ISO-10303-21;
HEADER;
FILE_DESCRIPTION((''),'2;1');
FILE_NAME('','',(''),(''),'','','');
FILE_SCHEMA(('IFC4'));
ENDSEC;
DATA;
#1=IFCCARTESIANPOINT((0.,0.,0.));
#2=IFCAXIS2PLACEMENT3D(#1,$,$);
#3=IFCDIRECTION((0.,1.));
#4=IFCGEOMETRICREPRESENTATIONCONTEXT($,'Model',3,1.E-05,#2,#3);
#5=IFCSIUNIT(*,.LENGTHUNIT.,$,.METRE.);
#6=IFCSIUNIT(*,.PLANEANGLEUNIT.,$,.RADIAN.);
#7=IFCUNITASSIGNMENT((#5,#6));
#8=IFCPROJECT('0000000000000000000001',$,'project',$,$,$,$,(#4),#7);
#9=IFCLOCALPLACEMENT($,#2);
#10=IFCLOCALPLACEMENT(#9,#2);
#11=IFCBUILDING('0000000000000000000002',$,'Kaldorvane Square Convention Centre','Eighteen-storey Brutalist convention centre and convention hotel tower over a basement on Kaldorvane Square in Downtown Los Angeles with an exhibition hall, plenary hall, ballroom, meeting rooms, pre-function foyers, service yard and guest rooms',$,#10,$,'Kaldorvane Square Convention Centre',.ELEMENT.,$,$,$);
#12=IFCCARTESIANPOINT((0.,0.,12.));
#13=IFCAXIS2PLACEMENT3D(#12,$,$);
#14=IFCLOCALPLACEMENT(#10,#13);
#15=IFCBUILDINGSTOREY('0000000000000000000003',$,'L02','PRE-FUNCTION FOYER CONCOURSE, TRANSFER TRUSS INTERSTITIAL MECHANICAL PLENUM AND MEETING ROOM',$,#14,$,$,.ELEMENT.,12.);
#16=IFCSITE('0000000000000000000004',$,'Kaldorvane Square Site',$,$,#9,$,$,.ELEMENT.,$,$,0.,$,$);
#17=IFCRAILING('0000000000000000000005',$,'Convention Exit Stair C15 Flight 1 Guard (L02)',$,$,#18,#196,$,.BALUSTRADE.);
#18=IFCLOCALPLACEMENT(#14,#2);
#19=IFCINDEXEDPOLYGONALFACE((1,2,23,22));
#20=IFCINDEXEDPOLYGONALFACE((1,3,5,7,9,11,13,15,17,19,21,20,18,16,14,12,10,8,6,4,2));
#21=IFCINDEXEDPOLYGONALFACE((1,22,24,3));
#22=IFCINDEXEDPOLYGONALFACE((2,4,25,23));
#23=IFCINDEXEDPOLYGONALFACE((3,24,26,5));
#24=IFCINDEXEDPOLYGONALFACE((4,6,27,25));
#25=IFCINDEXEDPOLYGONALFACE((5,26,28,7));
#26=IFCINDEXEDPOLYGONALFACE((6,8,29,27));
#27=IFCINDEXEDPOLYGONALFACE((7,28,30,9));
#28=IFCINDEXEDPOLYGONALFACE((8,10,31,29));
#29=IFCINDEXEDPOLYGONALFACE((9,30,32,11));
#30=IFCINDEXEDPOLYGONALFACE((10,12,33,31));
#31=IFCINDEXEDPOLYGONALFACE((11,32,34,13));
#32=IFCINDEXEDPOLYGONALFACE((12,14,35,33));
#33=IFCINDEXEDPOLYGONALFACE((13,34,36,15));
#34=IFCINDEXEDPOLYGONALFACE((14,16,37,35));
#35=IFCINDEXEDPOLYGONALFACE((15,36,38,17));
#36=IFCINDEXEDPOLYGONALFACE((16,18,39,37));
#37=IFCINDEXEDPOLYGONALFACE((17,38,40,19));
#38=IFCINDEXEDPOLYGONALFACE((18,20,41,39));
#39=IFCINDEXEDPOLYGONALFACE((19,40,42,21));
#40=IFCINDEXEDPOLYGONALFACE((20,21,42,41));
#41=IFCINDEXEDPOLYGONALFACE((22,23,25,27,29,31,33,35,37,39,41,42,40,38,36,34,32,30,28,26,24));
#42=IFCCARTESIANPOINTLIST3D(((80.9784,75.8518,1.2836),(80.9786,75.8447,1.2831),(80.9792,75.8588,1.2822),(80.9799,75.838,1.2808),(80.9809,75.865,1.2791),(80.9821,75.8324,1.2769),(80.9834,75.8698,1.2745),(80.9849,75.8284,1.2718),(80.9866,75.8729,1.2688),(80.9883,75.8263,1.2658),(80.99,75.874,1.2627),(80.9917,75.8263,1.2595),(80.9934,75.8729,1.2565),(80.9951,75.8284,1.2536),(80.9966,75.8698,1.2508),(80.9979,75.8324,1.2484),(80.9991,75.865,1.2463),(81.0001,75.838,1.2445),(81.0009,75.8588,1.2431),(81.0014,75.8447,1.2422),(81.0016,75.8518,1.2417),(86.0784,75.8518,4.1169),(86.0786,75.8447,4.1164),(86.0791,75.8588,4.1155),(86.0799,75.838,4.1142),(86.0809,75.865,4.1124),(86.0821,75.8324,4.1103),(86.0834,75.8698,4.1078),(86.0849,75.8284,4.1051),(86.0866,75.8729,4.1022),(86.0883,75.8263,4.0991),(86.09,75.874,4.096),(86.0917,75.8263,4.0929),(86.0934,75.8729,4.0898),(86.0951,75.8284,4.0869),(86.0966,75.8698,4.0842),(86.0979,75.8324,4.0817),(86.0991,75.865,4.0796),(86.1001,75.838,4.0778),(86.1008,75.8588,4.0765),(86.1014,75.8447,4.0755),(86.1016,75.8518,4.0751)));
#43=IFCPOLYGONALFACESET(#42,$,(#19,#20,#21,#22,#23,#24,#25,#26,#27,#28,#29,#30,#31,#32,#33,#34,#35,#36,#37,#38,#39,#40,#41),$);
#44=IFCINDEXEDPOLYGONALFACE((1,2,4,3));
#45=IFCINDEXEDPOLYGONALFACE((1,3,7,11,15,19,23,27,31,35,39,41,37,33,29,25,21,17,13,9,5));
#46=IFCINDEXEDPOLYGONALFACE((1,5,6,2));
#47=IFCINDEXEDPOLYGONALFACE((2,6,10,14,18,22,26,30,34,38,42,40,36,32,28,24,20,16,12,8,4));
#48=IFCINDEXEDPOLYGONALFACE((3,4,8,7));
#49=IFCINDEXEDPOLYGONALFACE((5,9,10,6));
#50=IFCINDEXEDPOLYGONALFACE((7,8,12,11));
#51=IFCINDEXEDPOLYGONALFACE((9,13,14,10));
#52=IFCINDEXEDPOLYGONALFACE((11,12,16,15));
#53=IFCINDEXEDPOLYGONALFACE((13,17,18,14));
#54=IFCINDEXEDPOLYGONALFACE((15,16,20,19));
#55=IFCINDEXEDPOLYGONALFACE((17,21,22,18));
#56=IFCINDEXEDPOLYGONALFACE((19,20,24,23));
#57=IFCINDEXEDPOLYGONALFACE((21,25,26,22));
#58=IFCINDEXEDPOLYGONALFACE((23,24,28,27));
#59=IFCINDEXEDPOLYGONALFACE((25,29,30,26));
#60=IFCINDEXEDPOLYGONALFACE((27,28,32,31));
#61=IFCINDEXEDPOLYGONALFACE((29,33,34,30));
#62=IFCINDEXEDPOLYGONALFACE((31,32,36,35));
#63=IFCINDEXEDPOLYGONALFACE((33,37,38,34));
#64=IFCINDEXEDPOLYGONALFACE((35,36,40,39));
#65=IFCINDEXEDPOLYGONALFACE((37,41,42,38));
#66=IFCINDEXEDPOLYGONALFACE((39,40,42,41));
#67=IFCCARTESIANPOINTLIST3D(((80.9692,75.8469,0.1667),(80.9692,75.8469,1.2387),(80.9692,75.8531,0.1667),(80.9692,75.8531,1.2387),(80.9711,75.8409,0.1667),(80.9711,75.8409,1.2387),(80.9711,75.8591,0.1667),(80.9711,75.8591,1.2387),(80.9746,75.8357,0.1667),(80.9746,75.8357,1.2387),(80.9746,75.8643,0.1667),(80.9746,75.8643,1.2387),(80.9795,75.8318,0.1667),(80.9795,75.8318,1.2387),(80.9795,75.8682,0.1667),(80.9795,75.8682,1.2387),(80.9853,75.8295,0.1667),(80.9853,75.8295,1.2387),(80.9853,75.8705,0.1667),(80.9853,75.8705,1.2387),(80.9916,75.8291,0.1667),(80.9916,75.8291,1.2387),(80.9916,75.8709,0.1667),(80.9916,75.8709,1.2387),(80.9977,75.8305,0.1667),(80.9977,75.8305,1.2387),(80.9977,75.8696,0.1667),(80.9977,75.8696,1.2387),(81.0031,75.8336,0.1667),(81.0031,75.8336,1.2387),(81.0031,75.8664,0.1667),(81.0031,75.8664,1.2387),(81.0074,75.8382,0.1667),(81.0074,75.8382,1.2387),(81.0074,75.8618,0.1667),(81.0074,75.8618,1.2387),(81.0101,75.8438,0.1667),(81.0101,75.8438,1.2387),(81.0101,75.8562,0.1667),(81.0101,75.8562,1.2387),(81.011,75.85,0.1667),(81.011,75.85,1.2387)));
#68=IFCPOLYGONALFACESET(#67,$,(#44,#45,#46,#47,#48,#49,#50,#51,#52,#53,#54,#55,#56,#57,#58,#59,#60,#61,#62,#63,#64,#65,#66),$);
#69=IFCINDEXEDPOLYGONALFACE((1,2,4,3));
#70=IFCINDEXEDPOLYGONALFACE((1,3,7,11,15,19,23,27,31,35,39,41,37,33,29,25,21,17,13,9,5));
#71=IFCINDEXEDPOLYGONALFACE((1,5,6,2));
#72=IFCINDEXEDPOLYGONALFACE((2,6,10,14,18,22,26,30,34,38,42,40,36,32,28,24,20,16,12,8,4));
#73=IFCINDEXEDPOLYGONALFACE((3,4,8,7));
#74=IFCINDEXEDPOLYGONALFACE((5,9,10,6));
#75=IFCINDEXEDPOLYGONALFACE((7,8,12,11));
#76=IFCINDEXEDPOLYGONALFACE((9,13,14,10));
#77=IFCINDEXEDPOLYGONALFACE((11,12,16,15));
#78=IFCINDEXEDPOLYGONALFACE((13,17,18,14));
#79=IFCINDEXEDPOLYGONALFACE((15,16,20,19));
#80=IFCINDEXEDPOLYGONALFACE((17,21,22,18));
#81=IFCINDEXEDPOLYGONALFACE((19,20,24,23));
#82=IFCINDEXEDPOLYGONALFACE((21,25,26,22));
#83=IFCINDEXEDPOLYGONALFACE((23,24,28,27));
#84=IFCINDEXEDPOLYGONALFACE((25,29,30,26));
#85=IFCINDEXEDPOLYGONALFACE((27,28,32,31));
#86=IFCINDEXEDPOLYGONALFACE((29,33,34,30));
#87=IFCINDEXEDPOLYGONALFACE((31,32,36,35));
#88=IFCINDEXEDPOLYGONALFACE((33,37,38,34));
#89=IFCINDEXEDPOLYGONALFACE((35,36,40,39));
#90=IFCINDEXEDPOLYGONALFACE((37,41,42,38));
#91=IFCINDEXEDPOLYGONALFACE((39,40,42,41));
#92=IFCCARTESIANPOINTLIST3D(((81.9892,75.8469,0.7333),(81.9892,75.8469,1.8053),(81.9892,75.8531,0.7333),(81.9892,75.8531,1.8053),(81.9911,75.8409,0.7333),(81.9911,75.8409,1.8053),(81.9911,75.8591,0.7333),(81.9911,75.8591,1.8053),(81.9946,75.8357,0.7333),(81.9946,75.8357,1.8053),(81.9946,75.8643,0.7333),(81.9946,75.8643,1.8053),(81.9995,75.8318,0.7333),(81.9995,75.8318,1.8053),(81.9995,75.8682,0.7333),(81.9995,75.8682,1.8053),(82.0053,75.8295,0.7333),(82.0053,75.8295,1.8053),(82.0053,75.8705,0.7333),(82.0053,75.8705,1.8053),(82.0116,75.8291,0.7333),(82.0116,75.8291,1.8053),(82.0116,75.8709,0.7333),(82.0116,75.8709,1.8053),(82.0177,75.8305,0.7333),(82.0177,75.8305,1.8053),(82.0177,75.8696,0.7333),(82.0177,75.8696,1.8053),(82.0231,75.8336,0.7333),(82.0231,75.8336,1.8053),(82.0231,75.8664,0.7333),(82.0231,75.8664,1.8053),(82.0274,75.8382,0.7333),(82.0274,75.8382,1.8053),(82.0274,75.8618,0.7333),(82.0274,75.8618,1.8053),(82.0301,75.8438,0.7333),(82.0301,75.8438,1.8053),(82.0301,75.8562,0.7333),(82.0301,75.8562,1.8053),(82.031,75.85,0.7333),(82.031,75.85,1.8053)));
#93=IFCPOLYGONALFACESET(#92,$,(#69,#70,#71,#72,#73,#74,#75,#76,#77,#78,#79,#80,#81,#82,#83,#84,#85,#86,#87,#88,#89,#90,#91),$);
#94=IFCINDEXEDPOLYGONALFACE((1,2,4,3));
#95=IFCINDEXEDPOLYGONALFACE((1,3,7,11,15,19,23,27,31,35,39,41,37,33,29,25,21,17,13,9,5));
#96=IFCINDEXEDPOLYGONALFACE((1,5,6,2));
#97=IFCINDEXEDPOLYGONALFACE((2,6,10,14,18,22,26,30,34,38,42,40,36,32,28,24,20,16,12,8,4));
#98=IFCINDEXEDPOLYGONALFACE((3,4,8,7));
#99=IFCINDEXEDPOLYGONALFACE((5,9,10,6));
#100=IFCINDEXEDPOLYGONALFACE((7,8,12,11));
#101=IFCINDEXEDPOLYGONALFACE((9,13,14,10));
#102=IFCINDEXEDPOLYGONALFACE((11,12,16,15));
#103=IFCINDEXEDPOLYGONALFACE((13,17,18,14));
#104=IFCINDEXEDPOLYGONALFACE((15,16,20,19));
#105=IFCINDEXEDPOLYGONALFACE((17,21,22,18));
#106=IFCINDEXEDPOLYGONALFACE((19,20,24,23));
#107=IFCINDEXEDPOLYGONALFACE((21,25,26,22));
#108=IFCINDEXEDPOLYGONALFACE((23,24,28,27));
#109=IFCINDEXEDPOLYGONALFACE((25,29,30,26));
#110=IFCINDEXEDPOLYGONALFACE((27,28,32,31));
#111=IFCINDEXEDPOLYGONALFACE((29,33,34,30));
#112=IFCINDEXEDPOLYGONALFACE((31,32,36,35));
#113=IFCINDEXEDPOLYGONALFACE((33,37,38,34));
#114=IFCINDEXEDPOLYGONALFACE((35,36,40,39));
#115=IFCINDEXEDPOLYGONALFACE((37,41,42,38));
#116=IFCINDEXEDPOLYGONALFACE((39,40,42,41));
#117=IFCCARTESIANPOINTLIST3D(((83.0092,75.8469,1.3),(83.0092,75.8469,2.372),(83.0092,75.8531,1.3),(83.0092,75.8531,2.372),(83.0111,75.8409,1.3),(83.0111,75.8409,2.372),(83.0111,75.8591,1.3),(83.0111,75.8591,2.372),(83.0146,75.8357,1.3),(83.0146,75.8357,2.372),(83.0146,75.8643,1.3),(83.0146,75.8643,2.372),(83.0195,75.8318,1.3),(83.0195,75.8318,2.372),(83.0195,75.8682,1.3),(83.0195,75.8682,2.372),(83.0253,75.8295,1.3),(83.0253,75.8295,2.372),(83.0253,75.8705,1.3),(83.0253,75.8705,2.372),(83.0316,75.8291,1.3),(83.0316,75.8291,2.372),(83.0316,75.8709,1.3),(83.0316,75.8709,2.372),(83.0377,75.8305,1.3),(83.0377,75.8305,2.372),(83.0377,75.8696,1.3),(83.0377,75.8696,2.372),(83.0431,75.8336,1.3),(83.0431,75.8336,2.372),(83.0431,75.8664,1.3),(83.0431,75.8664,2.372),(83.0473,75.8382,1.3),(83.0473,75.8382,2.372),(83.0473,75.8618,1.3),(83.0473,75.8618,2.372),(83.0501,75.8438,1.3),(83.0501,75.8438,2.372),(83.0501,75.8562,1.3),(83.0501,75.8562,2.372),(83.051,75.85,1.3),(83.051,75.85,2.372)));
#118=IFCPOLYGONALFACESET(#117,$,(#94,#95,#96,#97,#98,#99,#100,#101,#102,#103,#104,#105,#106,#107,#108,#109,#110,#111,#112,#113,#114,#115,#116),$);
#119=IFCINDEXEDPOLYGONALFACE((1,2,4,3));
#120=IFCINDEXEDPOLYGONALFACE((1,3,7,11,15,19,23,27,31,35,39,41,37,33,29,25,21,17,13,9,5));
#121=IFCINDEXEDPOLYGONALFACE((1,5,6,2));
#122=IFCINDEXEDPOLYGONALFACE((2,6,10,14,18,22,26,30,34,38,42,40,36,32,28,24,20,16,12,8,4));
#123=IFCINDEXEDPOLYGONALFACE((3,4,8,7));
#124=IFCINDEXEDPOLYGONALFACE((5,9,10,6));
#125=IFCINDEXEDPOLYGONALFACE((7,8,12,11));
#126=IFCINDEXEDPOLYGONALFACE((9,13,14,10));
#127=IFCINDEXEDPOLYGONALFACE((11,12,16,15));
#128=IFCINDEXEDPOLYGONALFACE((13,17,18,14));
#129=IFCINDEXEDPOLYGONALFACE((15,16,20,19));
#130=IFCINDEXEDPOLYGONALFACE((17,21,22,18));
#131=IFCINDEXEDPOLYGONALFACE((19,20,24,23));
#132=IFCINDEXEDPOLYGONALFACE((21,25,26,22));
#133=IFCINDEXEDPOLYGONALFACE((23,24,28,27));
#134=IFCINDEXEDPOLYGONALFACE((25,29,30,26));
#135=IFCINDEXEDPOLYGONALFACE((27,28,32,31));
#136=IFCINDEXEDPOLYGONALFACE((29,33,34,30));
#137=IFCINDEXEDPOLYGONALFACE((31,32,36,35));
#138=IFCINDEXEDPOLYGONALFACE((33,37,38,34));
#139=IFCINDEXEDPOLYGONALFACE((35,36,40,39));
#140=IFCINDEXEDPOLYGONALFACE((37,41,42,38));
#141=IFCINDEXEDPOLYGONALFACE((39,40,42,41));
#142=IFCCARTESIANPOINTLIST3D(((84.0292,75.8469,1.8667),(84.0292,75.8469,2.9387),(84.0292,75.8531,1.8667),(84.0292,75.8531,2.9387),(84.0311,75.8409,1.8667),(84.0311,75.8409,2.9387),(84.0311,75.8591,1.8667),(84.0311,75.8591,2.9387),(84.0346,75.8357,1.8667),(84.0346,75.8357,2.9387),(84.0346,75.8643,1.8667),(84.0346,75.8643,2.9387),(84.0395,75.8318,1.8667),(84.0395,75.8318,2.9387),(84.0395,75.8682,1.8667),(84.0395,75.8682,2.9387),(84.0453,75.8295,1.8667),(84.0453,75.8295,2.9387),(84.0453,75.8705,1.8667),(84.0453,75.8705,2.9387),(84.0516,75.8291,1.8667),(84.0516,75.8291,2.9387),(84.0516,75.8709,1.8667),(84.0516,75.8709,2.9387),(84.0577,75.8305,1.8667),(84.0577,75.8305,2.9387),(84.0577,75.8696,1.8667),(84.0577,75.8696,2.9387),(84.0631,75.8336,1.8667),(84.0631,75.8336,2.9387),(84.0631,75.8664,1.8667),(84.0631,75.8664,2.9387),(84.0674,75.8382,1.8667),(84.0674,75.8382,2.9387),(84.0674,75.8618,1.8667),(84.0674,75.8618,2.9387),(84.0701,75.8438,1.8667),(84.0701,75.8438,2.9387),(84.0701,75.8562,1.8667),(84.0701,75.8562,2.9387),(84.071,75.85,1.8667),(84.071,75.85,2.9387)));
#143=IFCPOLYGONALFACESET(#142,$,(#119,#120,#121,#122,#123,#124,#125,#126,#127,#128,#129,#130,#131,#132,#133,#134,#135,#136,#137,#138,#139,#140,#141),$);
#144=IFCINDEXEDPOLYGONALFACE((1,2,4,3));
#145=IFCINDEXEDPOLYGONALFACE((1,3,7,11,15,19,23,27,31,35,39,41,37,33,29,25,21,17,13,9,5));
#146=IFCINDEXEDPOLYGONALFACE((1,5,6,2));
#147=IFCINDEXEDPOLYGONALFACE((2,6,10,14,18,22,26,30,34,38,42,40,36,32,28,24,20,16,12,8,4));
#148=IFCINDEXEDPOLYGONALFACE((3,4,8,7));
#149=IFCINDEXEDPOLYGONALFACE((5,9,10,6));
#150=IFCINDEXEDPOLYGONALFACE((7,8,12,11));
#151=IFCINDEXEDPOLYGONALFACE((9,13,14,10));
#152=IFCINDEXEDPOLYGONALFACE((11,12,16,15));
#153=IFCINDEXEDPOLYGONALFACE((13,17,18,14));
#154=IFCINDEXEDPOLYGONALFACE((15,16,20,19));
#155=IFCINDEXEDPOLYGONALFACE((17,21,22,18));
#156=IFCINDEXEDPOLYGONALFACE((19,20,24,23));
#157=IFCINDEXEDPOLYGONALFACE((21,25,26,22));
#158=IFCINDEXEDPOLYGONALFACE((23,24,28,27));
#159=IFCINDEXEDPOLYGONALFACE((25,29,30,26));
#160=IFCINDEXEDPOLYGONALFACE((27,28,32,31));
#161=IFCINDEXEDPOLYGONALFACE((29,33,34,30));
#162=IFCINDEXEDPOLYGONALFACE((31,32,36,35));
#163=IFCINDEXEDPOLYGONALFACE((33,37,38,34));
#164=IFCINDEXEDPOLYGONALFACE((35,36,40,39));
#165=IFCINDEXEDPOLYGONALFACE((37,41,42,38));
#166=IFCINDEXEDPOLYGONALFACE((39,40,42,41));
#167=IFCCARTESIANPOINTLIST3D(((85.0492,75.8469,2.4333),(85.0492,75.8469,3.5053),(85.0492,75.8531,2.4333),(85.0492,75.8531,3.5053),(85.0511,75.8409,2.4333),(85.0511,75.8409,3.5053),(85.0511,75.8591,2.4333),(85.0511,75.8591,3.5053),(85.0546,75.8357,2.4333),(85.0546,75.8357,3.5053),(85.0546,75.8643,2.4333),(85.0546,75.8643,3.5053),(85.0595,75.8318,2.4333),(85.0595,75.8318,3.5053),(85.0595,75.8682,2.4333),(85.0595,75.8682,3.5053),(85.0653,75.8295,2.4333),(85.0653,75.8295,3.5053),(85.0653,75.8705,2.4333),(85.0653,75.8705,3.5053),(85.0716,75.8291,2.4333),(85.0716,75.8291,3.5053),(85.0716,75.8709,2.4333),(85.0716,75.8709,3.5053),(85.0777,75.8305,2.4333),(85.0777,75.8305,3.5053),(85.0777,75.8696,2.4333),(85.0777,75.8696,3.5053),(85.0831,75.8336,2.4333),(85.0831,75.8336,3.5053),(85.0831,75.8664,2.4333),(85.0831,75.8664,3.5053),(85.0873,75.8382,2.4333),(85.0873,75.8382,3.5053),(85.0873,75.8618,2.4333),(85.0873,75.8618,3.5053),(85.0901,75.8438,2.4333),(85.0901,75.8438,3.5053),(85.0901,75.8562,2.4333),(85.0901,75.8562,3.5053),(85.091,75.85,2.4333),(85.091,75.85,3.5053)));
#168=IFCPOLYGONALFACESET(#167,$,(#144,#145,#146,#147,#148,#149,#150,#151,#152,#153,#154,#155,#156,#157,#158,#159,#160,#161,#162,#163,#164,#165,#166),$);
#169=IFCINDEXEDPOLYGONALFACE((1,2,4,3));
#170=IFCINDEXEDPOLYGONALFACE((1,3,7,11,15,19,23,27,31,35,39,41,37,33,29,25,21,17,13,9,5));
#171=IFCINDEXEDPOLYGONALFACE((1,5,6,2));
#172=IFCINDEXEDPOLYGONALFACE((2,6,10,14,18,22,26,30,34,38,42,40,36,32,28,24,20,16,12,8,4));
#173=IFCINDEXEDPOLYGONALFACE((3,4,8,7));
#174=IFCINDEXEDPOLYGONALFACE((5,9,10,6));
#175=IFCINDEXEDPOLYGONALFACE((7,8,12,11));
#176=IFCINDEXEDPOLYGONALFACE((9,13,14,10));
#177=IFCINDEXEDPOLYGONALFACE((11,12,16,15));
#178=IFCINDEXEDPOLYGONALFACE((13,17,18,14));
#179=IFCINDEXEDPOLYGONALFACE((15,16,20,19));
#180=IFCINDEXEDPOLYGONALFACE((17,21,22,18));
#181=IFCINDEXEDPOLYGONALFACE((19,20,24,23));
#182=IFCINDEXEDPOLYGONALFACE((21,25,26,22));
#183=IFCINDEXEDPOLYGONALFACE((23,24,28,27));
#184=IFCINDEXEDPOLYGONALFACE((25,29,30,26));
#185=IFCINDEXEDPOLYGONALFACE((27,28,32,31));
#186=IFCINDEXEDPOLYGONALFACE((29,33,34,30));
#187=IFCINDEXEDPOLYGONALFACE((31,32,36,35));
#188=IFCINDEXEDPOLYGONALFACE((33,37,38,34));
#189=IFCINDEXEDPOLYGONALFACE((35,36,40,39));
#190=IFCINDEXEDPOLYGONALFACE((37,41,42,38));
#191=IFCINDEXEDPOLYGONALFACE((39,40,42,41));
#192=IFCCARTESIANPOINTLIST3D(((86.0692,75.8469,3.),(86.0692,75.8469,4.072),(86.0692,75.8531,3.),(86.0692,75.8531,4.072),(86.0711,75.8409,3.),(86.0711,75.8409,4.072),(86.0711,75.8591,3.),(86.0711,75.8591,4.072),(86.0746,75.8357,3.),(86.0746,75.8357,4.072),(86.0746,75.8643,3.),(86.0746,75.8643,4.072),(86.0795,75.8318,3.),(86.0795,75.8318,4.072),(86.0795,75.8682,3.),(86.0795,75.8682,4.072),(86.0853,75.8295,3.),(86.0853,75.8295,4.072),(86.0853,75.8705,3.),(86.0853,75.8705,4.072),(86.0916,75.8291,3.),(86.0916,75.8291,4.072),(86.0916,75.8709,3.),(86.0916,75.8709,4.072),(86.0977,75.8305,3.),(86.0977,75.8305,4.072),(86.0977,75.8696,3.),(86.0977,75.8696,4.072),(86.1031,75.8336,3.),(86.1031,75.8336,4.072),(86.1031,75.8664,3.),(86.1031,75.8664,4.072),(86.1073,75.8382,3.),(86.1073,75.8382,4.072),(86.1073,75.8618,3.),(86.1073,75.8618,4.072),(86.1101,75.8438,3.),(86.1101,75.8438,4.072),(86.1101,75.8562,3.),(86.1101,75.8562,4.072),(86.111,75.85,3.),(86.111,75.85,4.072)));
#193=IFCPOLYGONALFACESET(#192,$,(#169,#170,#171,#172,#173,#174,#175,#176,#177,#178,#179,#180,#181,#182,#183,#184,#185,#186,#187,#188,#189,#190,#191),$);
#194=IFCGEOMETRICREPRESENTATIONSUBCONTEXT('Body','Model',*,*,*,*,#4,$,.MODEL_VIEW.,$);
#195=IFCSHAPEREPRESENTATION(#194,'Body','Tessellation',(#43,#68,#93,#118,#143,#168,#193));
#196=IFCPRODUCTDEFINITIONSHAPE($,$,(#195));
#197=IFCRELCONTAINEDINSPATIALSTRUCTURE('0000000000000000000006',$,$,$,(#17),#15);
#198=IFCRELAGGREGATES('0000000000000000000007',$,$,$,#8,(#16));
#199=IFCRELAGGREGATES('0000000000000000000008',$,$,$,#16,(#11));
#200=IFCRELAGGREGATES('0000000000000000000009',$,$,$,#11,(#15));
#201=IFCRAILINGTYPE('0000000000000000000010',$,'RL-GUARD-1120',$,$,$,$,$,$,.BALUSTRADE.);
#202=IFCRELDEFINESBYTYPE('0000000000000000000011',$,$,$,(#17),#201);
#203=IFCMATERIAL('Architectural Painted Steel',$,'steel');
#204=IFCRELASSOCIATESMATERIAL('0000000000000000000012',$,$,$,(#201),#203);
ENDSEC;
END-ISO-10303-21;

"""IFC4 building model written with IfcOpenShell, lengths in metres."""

from ifc_helpers import new_model, si_unit, direction, frame, origin, origin_2d, place, context, subcontext, project, spatial, circle, extrude, material, type_object, element, save


model = new_model("IFC4")

# Units and contexts
model_context = context("Model", 3, precision=1e-05, world=origin(), true_north=direction((0.0, 1.0)))
body_context = subcontext(model_context, "Body", "Model", "MODEL_VIEW")
ifc_project = project(units=[si_unit("LENGTHUNIT", "METRE"), si_unit("PLANEANGLEUNIT", "RADIAN")], contexts=[model_context])

# Site, building, storey
site_placement = place(None, origin())
site = spatial("IfcSite", under=ifc_project, at=site_placement, Name="Kaldorvane Square Site", CompositionType="ELEMENT", RefElevation=0.0)
building_placement = place(site_placement, origin())
building = spatial("IfcBuilding", under=site, at=building_placement, Name="Kaldorvane Square Convention Centre", Description="Eighteen-storey Brutalist convention centre and convention hotel tower over a basement on Kaldorvane Square in Downtown Los Angeles with an exhibition hall, plenary hall, ballroom, meeting rooms, pre-function foyers, service yard and guest rooms", LongName="Kaldorvane Square Convention Centre", CompositionType="ELEMENT")
storey_placement = place(building_placement, frame((0.0, 0.0, 12.0)))
storey = spatial("IfcBuildingStorey", under=building, at=storey_placement, Name="L02", Description="PRE-FUNCTION FOYER CONCOURSE, TRANSFER TRUSS INTERSTITIAL MECHANICAL PLENUM AND MEETING ROOM", CompositionType="ELEMENT", Elevation=12.0)

# Railing
ifc_material_1 = material(Name="Architectural Painted Steel", Category="steel")
railing_type_1 = type_object("IfcRailingType", Name="RL-GUARD-1120", PredefinedType="BALUSTRADE", material=ifc_material_1)
railing_1_placement = place(storey_placement, frame((80.99, 75.85, 0.1667)))
element("IfcRailing", 1, at=railing_1_placement, inside=storey, type_object=railing_type_1, Name="Convention Exit Stair C15 Flight 1 Guard (L02)", PredefinedType="BALUSTRADE", context=body_context, shape_type="SweptSolid", body=[
    extrude(circle(Radius=0.024, at=origin_2d()), frame((0.0, 0.0, 1.096), z_axis=(0.874157, 0.0, 0.485643), x_axis=(0.0, 1.0, 0.0)), (0.0, 0.0, 1.0), 5.8342),
    extrude(circle(Radius=0.021, at=origin_2d()), origin(), (0.0, 0.0, 1.0), 1.072),
    extrude(circle(Radius=0.021, at=origin_2d()), frame((1.02, 0.0, 0.5667)), (0.0, 0.0, 1.0), 1.072),
    extrude(circle(Radius=0.021, at=origin_2d()), frame((2.04, 0.0, 1.1333)), (0.0, 0.0, 1.0), 1.072),
    extrude(circle(Radius=0.021, at=origin_2d()), frame((3.06, 0.0, 1.7)), (0.0, 0.0, 1.0), 1.072),
    extrude(circle(Radius=0.021, at=origin_2d()), frame((4.08, 0.0, 2.2667)), (0.0, 0.0, 1.0), 1.072),
    extrude(circle(Radius=0.021, at=origin_2d()), frame((5.1, 0.0, 2.8333)), (0.0, 0.0, 1.0), 1.072),
])

save(model, "model.ifc")
